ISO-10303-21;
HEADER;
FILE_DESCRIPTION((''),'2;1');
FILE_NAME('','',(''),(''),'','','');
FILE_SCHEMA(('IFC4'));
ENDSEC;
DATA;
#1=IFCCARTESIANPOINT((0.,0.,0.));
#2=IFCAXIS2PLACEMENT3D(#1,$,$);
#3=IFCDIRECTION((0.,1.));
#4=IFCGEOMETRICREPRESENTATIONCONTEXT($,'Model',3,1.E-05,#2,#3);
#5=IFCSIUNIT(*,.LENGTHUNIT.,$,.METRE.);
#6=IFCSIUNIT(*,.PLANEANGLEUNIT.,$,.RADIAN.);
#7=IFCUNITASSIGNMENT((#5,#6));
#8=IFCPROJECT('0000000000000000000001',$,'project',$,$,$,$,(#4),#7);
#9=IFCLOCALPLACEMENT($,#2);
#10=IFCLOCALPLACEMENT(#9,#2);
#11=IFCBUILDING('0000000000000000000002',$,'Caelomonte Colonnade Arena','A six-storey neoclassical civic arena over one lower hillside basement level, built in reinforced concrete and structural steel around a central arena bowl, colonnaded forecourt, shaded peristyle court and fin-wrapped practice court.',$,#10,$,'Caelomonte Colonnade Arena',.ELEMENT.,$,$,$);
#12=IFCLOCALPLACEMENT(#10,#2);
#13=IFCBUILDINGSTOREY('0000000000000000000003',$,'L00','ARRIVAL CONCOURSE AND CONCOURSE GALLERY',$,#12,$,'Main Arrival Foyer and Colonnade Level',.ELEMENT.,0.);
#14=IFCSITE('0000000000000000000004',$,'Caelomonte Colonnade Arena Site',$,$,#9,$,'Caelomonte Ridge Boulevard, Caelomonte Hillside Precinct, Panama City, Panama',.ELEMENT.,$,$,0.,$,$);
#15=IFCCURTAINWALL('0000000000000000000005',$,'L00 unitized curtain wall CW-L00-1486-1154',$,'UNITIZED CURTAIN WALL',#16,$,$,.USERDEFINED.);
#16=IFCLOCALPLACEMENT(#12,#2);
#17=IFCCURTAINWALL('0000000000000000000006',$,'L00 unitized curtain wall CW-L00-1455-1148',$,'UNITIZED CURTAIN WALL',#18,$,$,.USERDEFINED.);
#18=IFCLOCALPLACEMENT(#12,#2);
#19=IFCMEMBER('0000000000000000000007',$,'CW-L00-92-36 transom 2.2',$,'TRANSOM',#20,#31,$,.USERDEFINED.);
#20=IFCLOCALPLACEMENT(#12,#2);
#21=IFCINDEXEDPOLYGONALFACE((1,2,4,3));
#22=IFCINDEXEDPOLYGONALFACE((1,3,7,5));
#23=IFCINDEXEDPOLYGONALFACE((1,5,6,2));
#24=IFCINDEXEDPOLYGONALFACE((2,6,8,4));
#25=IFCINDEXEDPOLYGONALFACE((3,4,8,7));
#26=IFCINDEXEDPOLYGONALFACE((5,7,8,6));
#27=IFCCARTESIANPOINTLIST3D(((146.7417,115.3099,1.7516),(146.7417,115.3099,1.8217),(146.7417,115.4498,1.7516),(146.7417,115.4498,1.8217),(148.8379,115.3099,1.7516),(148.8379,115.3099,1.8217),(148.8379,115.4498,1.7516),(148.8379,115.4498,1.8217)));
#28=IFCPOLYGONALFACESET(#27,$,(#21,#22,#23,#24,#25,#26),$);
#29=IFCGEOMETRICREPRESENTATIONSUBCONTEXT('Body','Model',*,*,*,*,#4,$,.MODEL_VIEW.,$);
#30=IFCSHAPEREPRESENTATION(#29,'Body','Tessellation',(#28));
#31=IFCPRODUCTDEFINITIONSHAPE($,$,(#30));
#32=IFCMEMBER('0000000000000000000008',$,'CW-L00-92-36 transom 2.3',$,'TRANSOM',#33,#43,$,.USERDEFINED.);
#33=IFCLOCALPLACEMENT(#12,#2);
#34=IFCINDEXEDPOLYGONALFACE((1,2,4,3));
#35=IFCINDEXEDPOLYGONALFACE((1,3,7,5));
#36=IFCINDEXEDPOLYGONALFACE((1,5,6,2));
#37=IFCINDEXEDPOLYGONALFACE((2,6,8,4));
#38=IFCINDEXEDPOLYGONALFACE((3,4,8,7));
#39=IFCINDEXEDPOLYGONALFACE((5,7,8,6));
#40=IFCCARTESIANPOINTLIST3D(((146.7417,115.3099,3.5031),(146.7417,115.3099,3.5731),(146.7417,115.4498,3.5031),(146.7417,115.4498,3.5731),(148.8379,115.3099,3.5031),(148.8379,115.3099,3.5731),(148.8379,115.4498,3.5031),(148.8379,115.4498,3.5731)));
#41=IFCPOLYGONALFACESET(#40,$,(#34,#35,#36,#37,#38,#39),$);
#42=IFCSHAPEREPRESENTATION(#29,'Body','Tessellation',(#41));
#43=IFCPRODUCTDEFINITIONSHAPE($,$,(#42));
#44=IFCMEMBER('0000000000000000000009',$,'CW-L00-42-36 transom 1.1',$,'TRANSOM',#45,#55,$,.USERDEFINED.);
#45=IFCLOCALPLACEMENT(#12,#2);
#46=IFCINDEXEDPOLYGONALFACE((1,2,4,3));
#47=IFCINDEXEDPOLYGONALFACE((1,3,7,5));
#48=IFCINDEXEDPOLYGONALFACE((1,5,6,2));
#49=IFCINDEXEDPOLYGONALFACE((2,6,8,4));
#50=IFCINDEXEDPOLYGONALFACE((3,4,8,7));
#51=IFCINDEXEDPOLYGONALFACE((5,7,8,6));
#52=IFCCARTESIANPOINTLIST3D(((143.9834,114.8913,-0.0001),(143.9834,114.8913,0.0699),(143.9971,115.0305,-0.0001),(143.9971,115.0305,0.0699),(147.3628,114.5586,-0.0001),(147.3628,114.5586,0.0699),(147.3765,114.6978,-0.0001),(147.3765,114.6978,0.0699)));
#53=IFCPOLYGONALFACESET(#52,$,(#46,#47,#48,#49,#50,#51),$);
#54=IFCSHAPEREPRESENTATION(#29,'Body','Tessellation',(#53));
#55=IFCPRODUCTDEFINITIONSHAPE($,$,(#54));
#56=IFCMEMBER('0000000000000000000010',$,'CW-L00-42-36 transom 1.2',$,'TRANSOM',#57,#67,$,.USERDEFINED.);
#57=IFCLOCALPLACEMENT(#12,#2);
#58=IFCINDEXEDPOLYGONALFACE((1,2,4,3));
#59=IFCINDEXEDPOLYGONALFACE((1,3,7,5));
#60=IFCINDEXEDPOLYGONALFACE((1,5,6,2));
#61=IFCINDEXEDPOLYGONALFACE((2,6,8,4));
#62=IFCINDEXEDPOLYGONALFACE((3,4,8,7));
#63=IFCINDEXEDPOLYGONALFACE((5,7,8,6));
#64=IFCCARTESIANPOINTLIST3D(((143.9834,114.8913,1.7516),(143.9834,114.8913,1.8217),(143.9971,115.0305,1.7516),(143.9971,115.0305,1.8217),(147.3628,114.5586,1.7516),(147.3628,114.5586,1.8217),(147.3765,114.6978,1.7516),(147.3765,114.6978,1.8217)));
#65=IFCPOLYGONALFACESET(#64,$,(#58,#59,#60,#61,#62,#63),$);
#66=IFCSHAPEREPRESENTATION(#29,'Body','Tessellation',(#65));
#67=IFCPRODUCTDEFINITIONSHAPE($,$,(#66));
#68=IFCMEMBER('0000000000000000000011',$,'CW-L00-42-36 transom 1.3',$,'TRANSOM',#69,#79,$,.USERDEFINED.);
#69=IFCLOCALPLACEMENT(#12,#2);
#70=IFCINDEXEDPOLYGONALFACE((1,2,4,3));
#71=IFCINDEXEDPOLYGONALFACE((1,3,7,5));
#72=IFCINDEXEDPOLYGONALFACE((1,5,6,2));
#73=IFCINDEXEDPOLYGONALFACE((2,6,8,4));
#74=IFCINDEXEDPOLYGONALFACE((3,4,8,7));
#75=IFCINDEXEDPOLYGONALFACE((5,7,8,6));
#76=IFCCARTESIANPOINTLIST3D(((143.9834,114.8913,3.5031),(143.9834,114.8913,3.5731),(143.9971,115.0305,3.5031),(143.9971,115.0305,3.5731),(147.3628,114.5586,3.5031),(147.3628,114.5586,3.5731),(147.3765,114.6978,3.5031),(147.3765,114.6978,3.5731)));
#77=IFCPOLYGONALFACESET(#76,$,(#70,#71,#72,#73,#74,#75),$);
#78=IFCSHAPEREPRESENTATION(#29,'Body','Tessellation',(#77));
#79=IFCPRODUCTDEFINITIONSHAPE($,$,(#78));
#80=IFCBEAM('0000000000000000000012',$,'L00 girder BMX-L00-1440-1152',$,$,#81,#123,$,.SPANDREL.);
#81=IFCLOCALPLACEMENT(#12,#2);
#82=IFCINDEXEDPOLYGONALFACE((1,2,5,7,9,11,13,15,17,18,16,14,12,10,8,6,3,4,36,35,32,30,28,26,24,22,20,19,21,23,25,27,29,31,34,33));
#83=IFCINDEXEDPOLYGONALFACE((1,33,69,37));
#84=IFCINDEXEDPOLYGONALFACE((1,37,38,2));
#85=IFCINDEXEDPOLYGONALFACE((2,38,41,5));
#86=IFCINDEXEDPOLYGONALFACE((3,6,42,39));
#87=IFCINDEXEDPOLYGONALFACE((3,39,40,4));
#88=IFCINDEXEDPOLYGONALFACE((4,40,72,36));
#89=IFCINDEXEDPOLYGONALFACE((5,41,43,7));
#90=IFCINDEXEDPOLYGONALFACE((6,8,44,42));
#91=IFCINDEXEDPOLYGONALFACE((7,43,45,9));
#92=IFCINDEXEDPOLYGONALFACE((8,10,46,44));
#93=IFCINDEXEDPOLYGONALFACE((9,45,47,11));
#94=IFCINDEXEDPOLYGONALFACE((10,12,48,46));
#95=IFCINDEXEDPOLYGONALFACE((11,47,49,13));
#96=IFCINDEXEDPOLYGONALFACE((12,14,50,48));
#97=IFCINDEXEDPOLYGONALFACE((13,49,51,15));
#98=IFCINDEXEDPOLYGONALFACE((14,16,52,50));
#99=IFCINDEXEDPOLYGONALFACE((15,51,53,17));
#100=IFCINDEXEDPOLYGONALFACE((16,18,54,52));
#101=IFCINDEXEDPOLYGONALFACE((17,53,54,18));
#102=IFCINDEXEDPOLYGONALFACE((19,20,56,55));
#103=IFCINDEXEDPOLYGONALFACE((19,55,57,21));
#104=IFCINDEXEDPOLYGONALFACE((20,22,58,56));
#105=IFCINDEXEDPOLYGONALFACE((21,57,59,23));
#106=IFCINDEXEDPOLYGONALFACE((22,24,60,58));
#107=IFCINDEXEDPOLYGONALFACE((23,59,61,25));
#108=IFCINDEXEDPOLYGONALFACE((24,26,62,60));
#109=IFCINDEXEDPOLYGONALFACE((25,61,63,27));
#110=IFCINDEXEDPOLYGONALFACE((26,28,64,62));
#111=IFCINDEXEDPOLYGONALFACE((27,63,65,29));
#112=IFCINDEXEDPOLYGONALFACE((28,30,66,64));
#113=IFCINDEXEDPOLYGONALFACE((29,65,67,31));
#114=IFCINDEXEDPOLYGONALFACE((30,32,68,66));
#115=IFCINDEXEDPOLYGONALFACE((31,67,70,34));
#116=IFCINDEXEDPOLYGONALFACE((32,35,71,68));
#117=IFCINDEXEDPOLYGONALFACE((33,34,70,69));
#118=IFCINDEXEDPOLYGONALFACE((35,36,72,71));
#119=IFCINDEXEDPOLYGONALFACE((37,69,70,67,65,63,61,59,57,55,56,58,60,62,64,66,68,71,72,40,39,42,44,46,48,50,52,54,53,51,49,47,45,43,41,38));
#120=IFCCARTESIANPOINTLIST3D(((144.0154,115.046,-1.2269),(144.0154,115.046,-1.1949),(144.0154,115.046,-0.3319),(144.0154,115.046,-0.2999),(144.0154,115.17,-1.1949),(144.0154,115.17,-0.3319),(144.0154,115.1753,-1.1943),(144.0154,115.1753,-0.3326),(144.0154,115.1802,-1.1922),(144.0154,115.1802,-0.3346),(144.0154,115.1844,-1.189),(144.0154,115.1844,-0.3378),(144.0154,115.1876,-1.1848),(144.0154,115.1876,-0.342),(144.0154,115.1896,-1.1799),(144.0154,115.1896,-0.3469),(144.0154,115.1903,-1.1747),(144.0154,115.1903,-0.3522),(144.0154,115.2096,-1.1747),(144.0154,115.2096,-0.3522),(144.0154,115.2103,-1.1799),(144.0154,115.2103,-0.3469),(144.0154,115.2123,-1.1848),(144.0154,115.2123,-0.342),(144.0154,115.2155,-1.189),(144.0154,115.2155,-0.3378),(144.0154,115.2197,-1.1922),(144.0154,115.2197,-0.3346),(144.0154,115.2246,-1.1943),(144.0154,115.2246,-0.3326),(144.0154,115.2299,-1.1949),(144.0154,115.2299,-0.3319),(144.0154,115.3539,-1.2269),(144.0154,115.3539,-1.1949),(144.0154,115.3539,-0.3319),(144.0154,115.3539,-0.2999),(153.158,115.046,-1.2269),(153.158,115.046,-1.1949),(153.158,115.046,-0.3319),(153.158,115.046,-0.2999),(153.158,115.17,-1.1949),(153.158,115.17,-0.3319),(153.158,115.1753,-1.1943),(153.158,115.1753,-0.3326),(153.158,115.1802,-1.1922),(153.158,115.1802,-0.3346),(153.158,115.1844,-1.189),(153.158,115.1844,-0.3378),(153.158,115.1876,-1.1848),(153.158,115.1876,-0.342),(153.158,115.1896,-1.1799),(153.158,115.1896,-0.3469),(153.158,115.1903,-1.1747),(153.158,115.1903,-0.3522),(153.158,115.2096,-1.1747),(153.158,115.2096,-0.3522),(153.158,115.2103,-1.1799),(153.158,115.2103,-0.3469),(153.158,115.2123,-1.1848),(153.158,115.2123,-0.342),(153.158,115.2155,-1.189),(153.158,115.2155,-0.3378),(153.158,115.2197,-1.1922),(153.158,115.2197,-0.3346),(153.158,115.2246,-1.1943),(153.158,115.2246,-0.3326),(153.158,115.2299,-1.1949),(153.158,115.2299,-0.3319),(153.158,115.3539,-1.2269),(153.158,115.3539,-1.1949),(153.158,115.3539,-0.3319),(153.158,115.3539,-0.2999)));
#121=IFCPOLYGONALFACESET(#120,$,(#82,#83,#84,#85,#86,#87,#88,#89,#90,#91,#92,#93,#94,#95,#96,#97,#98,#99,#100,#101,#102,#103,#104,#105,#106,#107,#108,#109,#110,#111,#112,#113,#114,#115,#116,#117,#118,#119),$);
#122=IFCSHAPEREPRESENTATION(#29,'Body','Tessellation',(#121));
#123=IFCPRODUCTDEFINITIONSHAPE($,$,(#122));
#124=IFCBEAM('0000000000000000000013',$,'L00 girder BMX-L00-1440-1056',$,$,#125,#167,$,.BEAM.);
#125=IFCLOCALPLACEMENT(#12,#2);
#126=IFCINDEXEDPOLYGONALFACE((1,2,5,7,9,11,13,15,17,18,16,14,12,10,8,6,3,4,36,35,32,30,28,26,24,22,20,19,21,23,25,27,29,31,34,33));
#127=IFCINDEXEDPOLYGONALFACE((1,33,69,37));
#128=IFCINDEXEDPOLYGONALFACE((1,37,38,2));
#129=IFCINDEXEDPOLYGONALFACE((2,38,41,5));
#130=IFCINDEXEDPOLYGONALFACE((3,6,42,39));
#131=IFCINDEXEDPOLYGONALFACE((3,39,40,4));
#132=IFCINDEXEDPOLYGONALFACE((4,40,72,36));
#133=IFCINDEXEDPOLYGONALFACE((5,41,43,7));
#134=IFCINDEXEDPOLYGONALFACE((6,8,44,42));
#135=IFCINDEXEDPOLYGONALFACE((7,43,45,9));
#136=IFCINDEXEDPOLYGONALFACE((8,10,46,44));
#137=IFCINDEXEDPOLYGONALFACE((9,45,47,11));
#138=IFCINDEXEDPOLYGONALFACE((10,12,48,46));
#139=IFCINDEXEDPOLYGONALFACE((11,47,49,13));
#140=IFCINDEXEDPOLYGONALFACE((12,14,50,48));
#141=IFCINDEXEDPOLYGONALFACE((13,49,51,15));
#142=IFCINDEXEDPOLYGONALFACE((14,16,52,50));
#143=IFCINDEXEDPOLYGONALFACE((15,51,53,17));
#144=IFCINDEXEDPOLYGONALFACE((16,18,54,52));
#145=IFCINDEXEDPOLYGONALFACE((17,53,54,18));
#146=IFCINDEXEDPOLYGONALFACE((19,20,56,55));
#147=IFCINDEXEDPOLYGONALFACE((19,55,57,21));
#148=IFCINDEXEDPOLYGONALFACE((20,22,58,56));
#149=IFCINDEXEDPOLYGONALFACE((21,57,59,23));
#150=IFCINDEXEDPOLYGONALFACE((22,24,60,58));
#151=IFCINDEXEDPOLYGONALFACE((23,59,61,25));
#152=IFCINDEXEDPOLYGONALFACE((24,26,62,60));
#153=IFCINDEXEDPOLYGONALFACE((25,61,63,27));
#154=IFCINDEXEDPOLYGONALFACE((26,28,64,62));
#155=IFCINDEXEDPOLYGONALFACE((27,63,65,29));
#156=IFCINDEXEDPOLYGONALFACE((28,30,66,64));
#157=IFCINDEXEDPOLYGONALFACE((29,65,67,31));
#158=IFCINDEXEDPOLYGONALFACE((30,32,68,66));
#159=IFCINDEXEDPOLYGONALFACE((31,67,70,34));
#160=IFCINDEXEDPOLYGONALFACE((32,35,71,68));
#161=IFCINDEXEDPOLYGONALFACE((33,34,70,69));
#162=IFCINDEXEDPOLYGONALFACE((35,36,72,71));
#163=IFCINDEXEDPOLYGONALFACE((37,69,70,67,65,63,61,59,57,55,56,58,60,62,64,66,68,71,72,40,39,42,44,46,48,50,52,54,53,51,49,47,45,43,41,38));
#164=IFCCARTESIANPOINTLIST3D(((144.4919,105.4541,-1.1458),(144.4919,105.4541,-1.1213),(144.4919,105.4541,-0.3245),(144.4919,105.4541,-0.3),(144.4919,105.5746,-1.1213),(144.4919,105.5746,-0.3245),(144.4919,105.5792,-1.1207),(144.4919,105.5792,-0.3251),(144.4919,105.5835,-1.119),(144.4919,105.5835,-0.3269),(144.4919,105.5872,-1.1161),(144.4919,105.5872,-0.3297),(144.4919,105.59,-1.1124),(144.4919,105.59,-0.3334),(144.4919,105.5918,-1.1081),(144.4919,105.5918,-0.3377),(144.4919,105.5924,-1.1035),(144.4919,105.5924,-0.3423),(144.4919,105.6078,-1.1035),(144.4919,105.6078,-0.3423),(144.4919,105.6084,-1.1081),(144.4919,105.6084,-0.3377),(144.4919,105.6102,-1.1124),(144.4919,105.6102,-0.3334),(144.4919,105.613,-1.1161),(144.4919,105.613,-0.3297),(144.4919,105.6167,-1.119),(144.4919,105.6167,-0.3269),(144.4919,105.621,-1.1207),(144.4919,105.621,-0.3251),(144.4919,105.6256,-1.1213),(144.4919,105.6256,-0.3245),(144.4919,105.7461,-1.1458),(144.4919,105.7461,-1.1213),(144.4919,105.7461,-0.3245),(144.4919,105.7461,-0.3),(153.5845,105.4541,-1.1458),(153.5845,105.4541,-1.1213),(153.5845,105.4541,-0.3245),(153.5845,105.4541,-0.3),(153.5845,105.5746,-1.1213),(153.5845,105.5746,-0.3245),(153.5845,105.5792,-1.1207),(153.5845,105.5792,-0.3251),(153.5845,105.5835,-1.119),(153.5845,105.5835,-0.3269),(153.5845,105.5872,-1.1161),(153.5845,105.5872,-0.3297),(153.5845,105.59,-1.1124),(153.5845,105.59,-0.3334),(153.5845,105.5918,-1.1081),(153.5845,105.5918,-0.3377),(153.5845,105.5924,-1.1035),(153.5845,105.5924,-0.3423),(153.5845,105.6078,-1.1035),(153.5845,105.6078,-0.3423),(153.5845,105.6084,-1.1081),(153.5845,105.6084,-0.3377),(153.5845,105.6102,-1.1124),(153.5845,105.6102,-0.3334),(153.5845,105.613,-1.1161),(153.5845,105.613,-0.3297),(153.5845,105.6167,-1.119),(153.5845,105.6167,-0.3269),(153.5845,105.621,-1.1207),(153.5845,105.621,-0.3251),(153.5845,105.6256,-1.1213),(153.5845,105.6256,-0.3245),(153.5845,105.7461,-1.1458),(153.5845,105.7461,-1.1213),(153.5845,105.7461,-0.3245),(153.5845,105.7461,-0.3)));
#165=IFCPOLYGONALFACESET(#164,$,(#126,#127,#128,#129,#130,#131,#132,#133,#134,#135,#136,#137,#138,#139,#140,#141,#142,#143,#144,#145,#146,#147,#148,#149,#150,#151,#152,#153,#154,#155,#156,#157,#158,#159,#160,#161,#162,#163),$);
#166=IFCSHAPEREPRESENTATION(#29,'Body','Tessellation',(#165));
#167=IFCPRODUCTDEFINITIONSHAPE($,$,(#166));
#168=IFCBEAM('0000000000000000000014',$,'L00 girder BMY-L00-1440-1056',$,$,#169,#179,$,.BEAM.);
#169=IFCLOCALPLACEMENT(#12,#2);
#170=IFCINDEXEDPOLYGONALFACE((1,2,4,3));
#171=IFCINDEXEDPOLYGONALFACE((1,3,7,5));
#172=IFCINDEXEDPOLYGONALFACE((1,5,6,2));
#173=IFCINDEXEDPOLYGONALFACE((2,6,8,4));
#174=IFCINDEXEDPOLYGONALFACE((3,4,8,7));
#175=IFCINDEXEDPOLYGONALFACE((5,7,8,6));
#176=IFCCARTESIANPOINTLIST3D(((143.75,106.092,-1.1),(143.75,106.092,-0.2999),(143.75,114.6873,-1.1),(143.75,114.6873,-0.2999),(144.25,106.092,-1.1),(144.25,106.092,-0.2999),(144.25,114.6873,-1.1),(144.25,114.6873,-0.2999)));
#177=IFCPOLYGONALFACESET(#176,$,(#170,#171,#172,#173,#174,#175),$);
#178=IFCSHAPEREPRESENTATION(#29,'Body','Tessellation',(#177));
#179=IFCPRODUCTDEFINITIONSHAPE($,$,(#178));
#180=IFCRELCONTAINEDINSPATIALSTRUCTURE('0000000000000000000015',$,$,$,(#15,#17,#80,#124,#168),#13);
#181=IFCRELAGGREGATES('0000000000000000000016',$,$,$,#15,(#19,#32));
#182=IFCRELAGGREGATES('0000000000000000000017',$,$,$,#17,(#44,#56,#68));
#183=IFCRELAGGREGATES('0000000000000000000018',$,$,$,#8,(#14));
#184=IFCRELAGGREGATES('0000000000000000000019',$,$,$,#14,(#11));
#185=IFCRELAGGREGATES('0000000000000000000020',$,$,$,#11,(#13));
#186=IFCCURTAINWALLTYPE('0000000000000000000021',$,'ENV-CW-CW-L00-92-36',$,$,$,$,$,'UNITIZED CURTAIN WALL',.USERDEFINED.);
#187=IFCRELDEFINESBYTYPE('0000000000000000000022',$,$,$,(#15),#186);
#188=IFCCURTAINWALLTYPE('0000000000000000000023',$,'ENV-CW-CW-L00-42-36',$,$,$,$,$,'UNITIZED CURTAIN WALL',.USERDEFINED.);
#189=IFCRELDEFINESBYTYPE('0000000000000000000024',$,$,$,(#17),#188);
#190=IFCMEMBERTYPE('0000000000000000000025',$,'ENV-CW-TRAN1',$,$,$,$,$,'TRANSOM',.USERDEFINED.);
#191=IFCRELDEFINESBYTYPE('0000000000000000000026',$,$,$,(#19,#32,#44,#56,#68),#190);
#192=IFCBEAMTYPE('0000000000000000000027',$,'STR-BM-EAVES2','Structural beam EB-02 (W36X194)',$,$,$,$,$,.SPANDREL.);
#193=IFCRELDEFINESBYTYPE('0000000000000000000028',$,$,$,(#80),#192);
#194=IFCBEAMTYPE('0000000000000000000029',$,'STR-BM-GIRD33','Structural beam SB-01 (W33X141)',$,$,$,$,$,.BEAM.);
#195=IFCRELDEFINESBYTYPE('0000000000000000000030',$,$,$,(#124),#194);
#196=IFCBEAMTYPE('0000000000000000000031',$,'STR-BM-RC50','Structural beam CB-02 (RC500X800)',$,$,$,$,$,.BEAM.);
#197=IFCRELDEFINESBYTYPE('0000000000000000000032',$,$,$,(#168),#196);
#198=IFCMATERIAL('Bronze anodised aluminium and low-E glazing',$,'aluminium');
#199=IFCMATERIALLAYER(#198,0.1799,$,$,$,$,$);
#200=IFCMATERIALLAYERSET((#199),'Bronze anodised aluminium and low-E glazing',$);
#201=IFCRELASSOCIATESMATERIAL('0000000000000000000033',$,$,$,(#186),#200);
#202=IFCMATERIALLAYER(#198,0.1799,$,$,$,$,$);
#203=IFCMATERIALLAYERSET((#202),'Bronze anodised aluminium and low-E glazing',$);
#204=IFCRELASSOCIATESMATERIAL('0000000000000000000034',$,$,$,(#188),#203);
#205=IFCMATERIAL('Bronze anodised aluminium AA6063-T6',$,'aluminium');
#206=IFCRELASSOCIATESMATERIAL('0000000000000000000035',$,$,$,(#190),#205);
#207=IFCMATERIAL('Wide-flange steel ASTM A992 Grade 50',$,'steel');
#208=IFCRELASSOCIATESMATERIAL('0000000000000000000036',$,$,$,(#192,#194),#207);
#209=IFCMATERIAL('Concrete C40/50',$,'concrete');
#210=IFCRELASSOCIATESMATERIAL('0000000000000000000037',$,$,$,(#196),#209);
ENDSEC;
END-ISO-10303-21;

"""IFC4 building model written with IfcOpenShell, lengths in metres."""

from ifc_helpers import new_model, si_unit, direction, frame, origin, origin_2d, place, context, subcontext, project, spatial, rectangle, i_section, extrude, material, layer, layer_set, material_profile, profile_set, type_object, element, aggregate, save


model = new_model("IFC4")

# Units and contexts
model_context = context("Model", 3, precision=1e-05, world=origin(), true_north=direction((0.0, 1.0)))
body_context = subcontext(model_context, "Body", "Model", "MODEL_VIEW")
ifc_project = project(units=[si_unit("LENGTHUNIT", "METRE"), si_unit("PLANEANGLEUNIT", "RADIAN")], contexts=[model_context])

# Site, building, storey
site_placement = place(None, origin())
site = spatial("IfcSite", under=ifc_project, at=site_placement, Name="Caelomonte Colonnade Arena Site", LongName="Caelomonte Ridge Boulevard, Caelomonte Hillside Precinct, Panama City, Panama", CompositionType="ELEMENT", RefElevation=0.0)
building_placement = place(site_placement, origin())
building = spatial("IfcBuilding", under=site, at=building_placement, Name="Caelomonte Colonnade Arena", Description="A six-storey neoclassical civic arena over one lower hillside basement level, built in reinforced concrete and structural steel around a central arena bowl, colonnaded forecourt, shaded peristyle court and fin-wrapped practice court.", LongName="Caelomonte Colonnade Arena", CompositionType="ELEMENT")
storey_placement = place(building_placement, origin())
storey = spatial("IfcBuildingStorey", under=building, at=storey_placement, Name="L00", Description="ARRIVAL CONCOURSE AND CONCOURSE GALLERY", LongName="Main Arrival Foyer and Colonnade Level", CompositionType="ELEMENT", Elevation=0.0)

# Shared definitions
ifc_material_1 = material(Name="Wide-flange steel ASTM A992 Grade 50", Category="steel")

# Curtain wall
ifc_material_2 = material(Name="Bronze anodised aluminium and low-E glazing", Category="aluminium")
ifc_layer_1 = layer(ifc_material_2, 0.1799)
ifc_layer_set_1 = layer_set([ifc_layer_1], Name="Bronze anodised aluminium and low-E glazing")
curtain_wall_type_1 = type_object("IfcCurtainWallType", Name="ENV-CW-CW-L00-92-36", ElementType="UNITIZED CURTAIN WALL", PredefinedType="USERDEFINED", material=ifc_layer_set_1)
curtain_wall_1_placement = place(storey_placement, origin())
curtain_wall_1 = element("IfcCurtainWall", 1, at=curtain_wall_1_placement, inside=storey, type_object=curtain_wall_type_1, Name="L00 unitized curtain wall CW-L00-1486-1154", ObjectType="UNITIZED CURTAIN WALL", PredefinedType="USERDEFINED")
ifc_material_3 = material(Name="Bronze anodised aluminium AA6063-T6", Category="aluminium")

# Curtain wall
ifc_layer_2 = layer(ifc_material_2, 0.1799)
ifc_layer_set_2 = layer_set([ifc_layer_2], Name="Bronze anodised aluminium and low-E glazing")
curtain_wall_type_2 = type_object("IfcCurtainWallType", Name="ENV-CW-CW-L00-42-36", ElementType="UNITIZED CURTAIN WALL", PredefinedType="USERDEFINED", material=ifc_layer_set_2)
curtain_wall_2_placement = place(storey_placement, origin())
curtain_wall_2 = element("IfcCurtainWall", 2, at=curtain_wall_2_placement, inside=storey, type_object=curtain_wall_type_2, Name="L00 unitized curtain wall CW-L00-1455-1148", ObjectType="UNITIZED CURTAIN WALL", PredefinedType="USERDEFINED")

# Members
ifc_material_profile_1 = material_profile(ifc_material_3, rectangle(XDim=0.0701, YDim=0.1399, at=origin_2d()), Name="CWT-70X140")
ifc_profile_set_1 = profile_set([ifc_material_profile_1], Name="Bronze anodised aluminium AA6063-T6")
member_type_1 = type_object("IfcMemberType", Name="ENV-CW-TRAN1", ElementType="TRANSOM", PredefinedType="USERDEFINED", material=ifc_profile_set_1)
member_1_placement = place(storey_placement, frame((146.7417, 115.3799, 1.7866), z_axis=(1.0, 0.0, 0.0), x_axis=(0.0, 0.0, 1.0)))
member_1 = element("IfcMember", 3, at=member_1_placement, type_object=member_type_1, Name="CW-L00-92-36 transom 2.2", ObjectType="TRANSOM", PredefinedType="USERDEFINED", context=body_context, shape_type="SweptSolid", body=[
    extrude(rectangle(XDim=0.0701, YDim=0.1399, at=origin_2d()), origin(), (0.0, 0.0, 1.0), 2.0962),
])
member_2_placement = place(storey_placement, frame((146.7417, 115.3799, 3.5381), z_axis=(1.0, 0.0, 0.0), x_axis=(0.0, 0.0, 1.0)))
member_2 = element("IfcMember", 4, at=member_2_placement, type_object=member_type_1, Name="CW-L00-92-36 transom 2.3", ObjectType="TRANSOM", PredefinedType="USERDEFINED", context=body_context, shape_type="SweptSolid", body=[
    extrude(rectangle(XDim=0.0701, YDim=0.1399, at=origin_2d()), origin(), (0.0, 0.0, 1.0), 2.0962),
])
member_3_placement = place(storey_placement, frame((147.3696, 114.6282, 0.0349), z_axis=(-0.995187, 0.097994, 0.0), x_axis=(0.0, 0.0, 1.0)))
member_3 = element("IfcMember", 5, at=member_3_placement, type_object=member_type_1, Name="CW-L00-42-36 transom 1.1", ObjectType="TRANSOM", PredefinedType="USERDEFINED", context=body_context, shape_type="SweptSolid", body=[
    extrude(rectangle(XDim=0.0701, YDim=0.1399, at=origin_2d()), origin(), (0.0, 0.0, 1.0), 3.3958),
])
member_4_placement = place(storey_placement, frame((147.3696, 114.6282, 1.7866), z_axis=(-0.995187, 0.097994, 0.0), x_axis=(0.0, 0.0, 1.0)))
member_4 = element("IfcMember", 6, at=member_4_placement, type_object=member_type_1, Name="CW-L00-42-36 transom 1.2", ObjectType="TRANSOM", PredefinedType="USERDEFINED", context=body_context, shape_type="SweptSolid", body=[
    extrude(rectangle(XDim=0.0701, YDim=0.1399, at=origin_2d()), origin(), (0.0, 0.0, 1.0), 3.3958),
])
member_5_placement = place(storey_placement, frame((147.3696, 114.6282, 3.5381), z_axis=(-0.995187, 0.097994, 0.0), x_axis=(0.0, 0.0, 1.0)))
member_5 = element("IfcMember", 7, at=member_5_placement, type_object=member_type_1, Name="CW-L00-42-36 transom 1.3", ObjectType="TRANSOM", PredefinedType="USERDEFINED", context=body_context, shape_type="SweptSolid", body=[
    extrude(rectangle(XDim=0.0701, YDim=0.1399, at=origin_2d()), origin(), (0.0, 0.0, 1.0), 3.3958),
])

# Beams
ifc_material_profile_2 = material_profile(ifc_material_1, i_section(OverallWidth=0.3079, OverallDepth=0.927, WebThickness=0.0193, FlangeThickness=0.032, FilletRadius=0.0203, at=origin_2d()), Name="W36X194")
ifc_profile_set_2 = profile_set([ifc_material_profile_2], Name="Wide-flange steel ASTM A992 Grade 50")
beam_type_1 = type_object("IfcBeamType", Name="STR-BM-EAVES2", Description="Structural beam EB-02 (W36X194)", PredefinedType="SPANDREL", material=ifc_profile_set_2)
beam_1_placement = place(storey_placement, frame((144.0154, 115.2, -0.7634), z_axis=(1.0, 0.0, 0.0), x_axis=(0.0, 1.0, 0.0)))
element("IfcBeam", 8, at=beam_1_placement, inside=storey, type_object=beam_type_1, Name="L00 girder BMX-L00-1440-1152", PredefinedType="SPANDREL", context=body_context, shape_type="SweptSolid", body=[
    extrude(i_section(OverallWidth=0.3079, OverallDepth=0.927, WebThickness=0.0193, FlangeThickness=0.032, FilletRadius=0.0203, at=origin_2d()), origin(), (0.0, 0.0, 1.0), 9.1426),
])
ifc_material_profile_3 = material_profile(ifc_material_1, i_section(OverallWidth=0.292, OverallDepth=0.8457, WebThickness=0.0154, FlangeThickness=0.0244, FilletRadius=0.0178, at=origin_2d()), Name="W33X141")
ifc_profile_set_3 = profile_set([ifc_material_profile_3], Name="Wide-flange steel ASTM A992 Grade 50")
beam_type_2 = type_object("IfcBeamType", Name="STR-BM-GIRD33", Description="Structural beam SB-01 (W33X141)", PredefinedType="BEAM", material=ifc_profile_set_3)
beam_2_placement = place(storey_placement, frame((144.4919, 105.6001, -0.7229), z_axis=(1.0, 0.0, 0.0), x_axis=(0.0, 1.0, 0.0)))
element("IfcBeam", 9, at=beam_2_placement, inside=storey, type_object=beam_type_2, Name="L00 girder BMX-L00-1440-1056", PredefinedType="BEAM", context=body_context, shape_type="SweptSolid", body=[
    extrude(i_section(OverallWidth=0.292, OverallDepth=0.8457, WebThickness=0.0154, FlangeThickness=0.0244, FilletRadius=0.0178, at=origin_2d()), origin(), (0.0, 0.0, 1.0), 9.0925),
])
ifc_material_4 = material(Name="Concrete C40/50", Category="concrete")
ifc_material_profile_4 = material_profile(ifc_material_4, rectangle(XDim=0.5, YDim=0.8, at=origin_2d()), Name="RC500X800")
ifc_profile_set_4 = profile_set([ifc_material_profile_4], Name="Concrete C40/50")
beam_type_3 = type_object("IfcBeamType", Name="STR-BM-RC50", Description="Structural beam CB-02 (RC500X800)", PredefinedType="BEAM", material=ifc_profile_set_4)
beam_3_placement = place(storey_placement, frame((144.0, 106.092, -0.7), z_axis=(0.0, 1.0, 0.0), x_axis=(-1.0, 0.0, 0.0)))
element("IfcBeam", 10, at=beam_3_placement, inside=storey, type_object=beam_type_3, Name="L00 girder BMY-L00-1440-1056", PredefinedType="BEAM", context=body_context, shape_type="SweptSolid", body=[
    extrude(rectangle(XDim=0.5, YDim=0.8, at=origin_2d()), origin(), (0.0, 0.0, 1.0), 8.5952),
])

aggregate(curtain_wall_1, [member_1, member_2])
aggregate(curtain_wall_2, [member_3, member_4, member_5])

save(model, "model.ifc")
